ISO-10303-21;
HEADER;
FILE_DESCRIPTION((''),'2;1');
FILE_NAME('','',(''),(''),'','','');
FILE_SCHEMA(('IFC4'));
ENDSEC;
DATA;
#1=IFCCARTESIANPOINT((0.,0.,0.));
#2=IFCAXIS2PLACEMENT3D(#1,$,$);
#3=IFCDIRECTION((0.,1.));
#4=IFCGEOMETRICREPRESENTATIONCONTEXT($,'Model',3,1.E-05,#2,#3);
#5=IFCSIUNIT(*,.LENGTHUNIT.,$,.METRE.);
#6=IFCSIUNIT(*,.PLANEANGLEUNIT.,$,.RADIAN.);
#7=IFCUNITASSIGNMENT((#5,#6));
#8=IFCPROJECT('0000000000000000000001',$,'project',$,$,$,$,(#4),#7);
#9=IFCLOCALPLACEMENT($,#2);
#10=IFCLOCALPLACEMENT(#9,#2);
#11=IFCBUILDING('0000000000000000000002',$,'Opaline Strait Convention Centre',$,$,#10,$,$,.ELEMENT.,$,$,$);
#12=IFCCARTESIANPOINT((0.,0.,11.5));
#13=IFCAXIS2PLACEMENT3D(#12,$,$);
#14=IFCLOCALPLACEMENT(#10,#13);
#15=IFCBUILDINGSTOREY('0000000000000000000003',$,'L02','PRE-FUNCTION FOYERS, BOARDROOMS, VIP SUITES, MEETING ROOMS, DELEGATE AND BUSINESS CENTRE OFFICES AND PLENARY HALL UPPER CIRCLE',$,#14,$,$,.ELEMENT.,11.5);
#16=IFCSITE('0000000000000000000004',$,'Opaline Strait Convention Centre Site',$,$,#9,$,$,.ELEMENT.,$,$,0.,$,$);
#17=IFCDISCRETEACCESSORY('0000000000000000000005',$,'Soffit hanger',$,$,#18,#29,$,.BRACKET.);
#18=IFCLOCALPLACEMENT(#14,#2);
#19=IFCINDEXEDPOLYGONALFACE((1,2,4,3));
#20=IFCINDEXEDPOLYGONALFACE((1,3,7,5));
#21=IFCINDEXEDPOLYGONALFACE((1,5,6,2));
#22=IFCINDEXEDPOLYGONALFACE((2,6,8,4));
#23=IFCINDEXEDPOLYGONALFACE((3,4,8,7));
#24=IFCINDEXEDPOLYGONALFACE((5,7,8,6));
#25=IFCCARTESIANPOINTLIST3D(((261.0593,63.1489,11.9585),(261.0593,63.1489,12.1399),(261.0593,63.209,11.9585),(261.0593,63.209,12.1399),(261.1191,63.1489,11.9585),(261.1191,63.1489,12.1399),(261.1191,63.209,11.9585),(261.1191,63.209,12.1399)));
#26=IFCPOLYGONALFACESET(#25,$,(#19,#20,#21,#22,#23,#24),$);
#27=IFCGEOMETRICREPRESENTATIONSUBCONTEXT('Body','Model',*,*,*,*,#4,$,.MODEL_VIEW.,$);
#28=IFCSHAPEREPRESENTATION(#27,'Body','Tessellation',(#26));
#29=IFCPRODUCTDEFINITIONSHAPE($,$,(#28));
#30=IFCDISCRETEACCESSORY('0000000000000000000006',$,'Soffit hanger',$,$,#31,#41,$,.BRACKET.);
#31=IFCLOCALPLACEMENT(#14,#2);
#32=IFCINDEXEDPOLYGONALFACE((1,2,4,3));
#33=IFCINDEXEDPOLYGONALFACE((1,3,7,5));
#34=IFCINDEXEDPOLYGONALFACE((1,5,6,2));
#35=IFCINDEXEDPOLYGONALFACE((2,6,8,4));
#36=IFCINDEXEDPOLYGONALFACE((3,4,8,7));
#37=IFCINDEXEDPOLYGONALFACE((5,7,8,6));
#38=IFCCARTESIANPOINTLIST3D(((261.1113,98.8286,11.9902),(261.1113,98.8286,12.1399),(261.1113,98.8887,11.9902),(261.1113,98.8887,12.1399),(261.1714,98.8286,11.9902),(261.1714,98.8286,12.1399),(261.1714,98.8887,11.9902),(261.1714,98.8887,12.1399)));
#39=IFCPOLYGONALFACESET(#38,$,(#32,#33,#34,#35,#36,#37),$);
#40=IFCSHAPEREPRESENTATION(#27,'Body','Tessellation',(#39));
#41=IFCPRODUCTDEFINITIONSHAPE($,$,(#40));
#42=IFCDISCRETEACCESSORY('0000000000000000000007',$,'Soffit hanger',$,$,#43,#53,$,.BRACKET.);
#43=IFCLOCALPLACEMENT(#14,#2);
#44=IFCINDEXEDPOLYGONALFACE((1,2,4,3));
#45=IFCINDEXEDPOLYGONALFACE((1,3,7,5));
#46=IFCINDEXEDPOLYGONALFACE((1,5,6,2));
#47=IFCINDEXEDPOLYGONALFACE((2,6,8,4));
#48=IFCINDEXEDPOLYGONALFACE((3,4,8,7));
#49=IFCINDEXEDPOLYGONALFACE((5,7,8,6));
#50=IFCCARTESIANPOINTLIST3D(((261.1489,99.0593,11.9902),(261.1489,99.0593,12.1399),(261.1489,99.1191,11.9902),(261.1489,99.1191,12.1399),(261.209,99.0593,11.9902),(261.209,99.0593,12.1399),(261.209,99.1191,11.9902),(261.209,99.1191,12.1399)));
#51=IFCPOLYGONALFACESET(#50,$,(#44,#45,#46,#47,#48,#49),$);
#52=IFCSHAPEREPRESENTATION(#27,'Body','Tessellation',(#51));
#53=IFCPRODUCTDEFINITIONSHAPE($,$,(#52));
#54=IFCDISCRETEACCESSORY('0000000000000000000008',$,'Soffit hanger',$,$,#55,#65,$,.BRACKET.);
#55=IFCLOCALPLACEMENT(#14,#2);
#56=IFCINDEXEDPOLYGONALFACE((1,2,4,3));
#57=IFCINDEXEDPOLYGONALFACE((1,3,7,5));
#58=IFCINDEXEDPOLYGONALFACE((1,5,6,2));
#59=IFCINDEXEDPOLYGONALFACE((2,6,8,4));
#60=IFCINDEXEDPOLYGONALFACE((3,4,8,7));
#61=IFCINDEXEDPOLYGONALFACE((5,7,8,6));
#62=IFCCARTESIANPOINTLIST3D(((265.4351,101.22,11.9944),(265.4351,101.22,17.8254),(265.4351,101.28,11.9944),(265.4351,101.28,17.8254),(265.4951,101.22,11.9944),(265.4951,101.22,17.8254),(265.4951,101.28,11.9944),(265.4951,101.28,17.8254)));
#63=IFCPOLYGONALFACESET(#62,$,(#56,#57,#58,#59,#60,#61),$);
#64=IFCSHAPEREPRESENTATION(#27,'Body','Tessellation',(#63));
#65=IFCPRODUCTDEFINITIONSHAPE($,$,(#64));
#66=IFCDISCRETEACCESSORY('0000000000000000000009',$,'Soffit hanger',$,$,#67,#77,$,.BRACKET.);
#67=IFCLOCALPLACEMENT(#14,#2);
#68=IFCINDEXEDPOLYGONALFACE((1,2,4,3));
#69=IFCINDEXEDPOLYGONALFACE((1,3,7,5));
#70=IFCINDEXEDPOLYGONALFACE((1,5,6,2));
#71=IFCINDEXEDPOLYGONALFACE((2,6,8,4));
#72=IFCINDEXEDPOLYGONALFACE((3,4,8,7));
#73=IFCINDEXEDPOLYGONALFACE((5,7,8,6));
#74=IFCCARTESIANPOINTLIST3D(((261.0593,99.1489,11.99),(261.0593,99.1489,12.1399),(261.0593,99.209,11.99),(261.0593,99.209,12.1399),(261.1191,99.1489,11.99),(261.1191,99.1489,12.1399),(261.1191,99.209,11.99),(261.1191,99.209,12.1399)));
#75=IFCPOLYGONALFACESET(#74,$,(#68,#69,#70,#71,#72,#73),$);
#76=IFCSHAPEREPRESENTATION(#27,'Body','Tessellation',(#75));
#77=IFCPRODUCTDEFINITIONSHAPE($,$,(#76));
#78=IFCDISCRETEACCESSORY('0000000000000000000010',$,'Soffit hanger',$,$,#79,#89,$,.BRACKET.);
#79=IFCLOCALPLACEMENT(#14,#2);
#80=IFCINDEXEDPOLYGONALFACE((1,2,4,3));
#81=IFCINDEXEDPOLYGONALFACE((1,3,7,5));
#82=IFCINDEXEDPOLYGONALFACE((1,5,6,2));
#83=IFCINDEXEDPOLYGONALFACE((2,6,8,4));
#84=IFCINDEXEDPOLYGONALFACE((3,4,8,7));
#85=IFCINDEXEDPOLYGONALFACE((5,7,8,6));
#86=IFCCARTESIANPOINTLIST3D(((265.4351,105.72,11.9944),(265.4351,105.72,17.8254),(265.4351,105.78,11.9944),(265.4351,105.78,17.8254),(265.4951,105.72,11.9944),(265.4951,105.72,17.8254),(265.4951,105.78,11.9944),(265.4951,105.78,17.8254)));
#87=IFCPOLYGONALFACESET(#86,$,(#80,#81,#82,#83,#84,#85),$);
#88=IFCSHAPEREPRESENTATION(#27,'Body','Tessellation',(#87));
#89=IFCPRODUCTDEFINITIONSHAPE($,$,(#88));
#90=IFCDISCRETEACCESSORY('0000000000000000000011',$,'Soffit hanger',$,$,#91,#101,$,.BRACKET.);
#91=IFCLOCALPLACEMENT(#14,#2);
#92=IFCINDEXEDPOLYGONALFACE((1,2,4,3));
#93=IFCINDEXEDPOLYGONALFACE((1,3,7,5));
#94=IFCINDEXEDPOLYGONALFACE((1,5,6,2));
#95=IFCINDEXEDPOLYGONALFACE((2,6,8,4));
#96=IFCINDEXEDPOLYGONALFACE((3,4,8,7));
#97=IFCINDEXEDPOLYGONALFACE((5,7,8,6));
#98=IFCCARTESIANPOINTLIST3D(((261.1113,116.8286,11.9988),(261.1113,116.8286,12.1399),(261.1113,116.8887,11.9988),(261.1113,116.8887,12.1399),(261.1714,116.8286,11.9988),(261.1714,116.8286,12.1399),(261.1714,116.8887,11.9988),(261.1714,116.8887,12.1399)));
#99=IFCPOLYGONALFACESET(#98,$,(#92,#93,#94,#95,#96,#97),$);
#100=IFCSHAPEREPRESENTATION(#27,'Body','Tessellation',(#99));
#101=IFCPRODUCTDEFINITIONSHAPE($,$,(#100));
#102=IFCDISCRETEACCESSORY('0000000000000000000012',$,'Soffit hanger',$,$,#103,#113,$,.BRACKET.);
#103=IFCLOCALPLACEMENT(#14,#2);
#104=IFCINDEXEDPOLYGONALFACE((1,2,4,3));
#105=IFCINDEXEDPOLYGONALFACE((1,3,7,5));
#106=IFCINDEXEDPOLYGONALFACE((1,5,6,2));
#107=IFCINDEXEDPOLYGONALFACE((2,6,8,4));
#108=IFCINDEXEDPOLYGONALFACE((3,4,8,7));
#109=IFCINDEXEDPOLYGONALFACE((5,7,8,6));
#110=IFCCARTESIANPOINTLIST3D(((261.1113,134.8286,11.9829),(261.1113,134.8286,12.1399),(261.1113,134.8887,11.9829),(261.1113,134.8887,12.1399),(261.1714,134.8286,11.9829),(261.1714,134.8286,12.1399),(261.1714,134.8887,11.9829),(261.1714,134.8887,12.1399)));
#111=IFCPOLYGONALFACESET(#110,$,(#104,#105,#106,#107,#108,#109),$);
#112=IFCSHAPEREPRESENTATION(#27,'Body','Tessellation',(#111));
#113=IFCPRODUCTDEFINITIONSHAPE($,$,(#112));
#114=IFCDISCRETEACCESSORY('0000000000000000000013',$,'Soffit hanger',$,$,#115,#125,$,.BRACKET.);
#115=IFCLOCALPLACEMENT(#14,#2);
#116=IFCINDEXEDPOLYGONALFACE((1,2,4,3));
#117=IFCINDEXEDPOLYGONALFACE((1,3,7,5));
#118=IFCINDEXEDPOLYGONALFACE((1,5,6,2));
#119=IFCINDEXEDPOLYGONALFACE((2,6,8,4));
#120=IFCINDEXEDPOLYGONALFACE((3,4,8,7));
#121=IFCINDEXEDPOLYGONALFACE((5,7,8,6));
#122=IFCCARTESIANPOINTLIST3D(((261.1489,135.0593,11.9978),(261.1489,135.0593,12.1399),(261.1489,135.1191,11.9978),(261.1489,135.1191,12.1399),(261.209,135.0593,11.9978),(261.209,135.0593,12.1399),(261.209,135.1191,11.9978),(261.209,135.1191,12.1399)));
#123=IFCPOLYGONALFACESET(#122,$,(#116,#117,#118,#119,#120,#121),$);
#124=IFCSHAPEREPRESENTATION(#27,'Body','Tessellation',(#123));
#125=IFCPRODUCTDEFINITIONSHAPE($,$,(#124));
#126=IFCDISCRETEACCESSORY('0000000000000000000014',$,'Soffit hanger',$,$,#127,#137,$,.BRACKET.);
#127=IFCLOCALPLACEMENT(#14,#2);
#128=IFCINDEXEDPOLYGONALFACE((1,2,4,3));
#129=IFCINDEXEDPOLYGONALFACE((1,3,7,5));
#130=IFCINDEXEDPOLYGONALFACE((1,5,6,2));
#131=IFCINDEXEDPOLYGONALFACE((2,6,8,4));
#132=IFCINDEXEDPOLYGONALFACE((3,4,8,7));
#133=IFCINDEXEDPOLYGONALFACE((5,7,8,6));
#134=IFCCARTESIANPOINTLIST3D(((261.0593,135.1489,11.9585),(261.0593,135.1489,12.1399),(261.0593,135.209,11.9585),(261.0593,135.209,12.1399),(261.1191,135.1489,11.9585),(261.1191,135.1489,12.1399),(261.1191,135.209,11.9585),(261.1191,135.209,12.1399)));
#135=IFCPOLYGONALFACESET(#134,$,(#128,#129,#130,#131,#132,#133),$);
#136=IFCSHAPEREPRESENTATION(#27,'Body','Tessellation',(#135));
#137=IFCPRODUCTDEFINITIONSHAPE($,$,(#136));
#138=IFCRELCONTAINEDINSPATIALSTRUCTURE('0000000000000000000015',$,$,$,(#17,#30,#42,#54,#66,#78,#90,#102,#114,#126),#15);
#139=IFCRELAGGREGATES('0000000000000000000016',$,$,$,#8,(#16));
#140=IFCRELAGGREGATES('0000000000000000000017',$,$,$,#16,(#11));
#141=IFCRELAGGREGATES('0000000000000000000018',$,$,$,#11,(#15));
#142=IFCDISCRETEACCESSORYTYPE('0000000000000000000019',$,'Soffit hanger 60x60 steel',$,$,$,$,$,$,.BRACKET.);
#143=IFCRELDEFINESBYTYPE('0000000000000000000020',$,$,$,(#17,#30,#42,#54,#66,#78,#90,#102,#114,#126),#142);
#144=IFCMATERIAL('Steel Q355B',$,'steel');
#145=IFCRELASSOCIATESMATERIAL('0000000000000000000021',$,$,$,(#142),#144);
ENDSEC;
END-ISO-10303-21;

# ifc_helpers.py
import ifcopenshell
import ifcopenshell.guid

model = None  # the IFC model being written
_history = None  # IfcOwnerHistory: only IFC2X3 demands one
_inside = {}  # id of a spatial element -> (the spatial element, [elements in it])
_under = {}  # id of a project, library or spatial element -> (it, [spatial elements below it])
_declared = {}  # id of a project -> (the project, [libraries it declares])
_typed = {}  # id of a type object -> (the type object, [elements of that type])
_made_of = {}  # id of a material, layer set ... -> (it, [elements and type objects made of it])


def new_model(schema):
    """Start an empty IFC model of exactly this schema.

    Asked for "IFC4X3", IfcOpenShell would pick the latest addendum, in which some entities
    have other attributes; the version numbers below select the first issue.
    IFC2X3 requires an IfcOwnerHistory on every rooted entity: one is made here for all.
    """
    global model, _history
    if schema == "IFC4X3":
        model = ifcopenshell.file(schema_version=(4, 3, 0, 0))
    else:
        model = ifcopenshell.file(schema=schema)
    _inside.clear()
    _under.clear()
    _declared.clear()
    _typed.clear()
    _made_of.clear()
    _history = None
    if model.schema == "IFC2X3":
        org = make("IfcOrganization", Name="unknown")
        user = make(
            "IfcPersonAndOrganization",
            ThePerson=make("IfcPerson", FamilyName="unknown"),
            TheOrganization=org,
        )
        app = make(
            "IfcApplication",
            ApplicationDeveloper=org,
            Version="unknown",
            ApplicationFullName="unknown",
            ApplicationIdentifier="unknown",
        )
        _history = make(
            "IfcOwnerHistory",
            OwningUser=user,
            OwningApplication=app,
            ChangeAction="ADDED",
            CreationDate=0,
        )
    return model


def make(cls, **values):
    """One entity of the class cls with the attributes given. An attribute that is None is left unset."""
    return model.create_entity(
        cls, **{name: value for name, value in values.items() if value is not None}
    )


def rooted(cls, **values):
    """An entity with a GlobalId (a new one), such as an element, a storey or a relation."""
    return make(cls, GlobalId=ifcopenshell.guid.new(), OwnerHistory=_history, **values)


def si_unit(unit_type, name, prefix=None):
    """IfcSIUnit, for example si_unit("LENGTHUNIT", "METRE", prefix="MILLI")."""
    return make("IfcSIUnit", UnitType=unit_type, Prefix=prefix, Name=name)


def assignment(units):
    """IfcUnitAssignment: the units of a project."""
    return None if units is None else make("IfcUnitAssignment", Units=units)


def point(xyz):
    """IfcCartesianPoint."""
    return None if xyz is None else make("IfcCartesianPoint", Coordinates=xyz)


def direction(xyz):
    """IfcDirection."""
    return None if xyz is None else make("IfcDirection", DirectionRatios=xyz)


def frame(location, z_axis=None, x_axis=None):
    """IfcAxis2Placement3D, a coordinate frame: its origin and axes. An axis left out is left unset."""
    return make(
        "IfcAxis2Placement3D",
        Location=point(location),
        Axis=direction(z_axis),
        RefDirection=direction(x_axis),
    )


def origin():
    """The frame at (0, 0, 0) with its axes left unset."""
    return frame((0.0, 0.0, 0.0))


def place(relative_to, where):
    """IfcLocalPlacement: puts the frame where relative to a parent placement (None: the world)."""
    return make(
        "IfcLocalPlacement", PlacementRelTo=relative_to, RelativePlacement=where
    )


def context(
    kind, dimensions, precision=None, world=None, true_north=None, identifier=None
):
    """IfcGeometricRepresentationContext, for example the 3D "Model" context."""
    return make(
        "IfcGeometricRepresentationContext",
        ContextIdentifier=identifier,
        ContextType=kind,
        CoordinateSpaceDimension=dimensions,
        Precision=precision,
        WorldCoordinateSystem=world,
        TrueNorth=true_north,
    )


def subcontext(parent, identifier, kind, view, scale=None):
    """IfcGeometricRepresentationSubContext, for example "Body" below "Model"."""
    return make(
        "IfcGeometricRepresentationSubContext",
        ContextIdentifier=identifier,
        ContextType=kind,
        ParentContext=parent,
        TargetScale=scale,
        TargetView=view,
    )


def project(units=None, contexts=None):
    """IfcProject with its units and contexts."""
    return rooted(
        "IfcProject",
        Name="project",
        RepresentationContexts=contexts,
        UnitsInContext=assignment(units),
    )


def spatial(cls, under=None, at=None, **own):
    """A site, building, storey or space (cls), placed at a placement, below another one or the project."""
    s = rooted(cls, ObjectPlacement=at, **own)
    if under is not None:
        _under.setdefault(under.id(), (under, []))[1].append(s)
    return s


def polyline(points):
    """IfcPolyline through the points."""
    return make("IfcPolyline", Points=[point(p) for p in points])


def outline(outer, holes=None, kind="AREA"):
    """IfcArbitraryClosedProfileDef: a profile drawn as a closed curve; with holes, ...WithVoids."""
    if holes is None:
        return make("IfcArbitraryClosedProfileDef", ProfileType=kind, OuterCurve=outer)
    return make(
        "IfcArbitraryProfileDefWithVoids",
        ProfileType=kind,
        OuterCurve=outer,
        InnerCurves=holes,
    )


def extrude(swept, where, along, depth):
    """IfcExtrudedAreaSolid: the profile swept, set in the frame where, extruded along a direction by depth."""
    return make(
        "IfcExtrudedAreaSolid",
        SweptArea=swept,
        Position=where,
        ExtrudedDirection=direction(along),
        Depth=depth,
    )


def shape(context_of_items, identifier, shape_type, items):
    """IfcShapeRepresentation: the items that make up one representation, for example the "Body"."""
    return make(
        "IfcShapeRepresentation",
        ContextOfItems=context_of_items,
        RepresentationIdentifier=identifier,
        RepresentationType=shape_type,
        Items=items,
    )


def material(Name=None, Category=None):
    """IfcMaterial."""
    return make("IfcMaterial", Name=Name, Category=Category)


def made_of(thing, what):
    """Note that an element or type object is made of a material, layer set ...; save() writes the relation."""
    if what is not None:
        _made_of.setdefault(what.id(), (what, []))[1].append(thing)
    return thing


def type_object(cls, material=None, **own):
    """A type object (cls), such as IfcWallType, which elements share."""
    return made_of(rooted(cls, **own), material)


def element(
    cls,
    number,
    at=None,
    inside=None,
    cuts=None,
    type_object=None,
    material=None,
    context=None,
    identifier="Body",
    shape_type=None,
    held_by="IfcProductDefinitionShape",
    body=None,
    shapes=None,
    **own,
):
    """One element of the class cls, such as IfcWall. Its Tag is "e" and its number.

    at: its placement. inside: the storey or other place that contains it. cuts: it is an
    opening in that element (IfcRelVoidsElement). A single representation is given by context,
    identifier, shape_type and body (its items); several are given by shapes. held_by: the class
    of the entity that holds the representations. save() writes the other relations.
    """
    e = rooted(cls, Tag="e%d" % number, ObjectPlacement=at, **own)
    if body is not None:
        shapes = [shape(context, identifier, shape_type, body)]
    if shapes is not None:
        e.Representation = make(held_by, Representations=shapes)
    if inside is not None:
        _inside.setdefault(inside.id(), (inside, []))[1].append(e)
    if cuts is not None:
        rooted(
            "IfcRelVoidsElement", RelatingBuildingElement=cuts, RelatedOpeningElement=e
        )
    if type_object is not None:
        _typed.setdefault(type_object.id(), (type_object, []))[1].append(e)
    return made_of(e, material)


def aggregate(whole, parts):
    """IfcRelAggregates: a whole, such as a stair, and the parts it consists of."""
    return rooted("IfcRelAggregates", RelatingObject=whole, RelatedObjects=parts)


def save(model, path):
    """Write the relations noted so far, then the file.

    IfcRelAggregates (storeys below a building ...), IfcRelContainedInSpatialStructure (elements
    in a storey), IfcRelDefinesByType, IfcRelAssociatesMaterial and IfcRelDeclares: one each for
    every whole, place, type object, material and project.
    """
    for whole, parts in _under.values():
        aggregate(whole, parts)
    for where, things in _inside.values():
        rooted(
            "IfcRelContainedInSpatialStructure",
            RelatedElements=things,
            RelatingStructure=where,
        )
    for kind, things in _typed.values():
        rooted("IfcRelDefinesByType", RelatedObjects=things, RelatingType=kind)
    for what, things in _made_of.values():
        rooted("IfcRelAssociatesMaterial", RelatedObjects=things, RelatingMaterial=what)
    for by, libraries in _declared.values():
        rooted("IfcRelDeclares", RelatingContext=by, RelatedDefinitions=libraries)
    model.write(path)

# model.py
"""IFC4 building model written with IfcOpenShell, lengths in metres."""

from ifc_helpers import new_model, si_unit, direction, frame, origin, place, context, subcontext, project, spatial, polyline, outline, extrude, material, type_object, element, save


model = new_model("IFC4")

# Units and contexts
model_context = context("Model", 3, precision=1e-05, world=origin(), true_north=direction((0.0, 1.0)))
body_context = subcontext(model_context, "Body", "Model", "MODEL_VIEW")
ifc_project = project(units=[si_unit("LENGTHUNIT", "METRE"), si_unit("PLANEANGLEUNIT", "RADIAN")], contexts=[model_context])

# Site, building, storey
site_placement = place(None, origin())
site = spatial("IfcSite", under=ifc_project, at=site_placement, Name="Opaline Strait Convention Centre Site", CompositionType="ELEMENT", RefElevation=0.0)
building_placement = place(site_placement, origin())
building = spatial("IfcBuilding", under=site, at=building_placement, Name="Opaline Strait Convention Centre", CompositionType="ELEMENT")
storey_placement = place(building_placement, frame((0.0, 0.0, 11.5)))
storey = spatial("IfcBuildingStorey", under=building, at=storey_placement, Name="L02", Description="PRE-FUNCTION FOYERS, BOARDROOMS, VIP SUITES, MEETING ROOMS, DELEGATE AND BUSINESS CENTRE OFFICES AND PLENARY HALL UPPER CIRCLE", CompositionType="ELEMENT", Elevation=11.5)

# Discrete accessories
ifc_material_1 = material(Name="Steel Q355B", Category="steel")
discrete_accessory_type = type_object("IfcDiscreteAccessoryType", Name="Soffit hanger 60x60 steel", PredefinedType="BRACKET", material=ifc_material_1)
discrete_accessory_1_placement = place(storey_placement, frame((0.0, 0.0, 11.9585)))
element("IfcDiscreteAccessory", 1, at=discrete_accessory_1_placement, inside=storey, type_object=discrete_accessory_type, Name="Soffit hanger", PredefinedType="BRACKET", context=body_context, shape_type="SweptSolid", body=[
    extrude(outline(polyline([(261.0593, 63.1489), (261.1191, 63.1489), (261.1191, 63.209), (261.0593, 63.209), (261.0593, 63.1489)])), origin(), (0.0, 0.0, 1.0), 0.1814),
])
discrete_accessory_2_placement = place(storey_placement, frame((0.0, 0.0, 11.9902)))
element("IfcDiscreteAccessory", 2, at=discrete_accessory_2_placement, inside=storey, type_object=discrete_accessory_type, Name="Soffit hanger", PredefinedType="BRACKET", context=body_context, shape_type="SweptSolid", body=[
    extrude(outline(polyline([(261.1113, 98.8286), (261.1714, 98.8286), (261.1714, 98.8887), (261.1113, 98.8887), (261.1113, 98.8286)])), origin(), (0.0, 0.0, 1.0), 0.1497),
])
discrete_accessory_3_placement = place(storey_placement, frame((0.0, 0.0, 11.9902)))
element("IfcDiscreteAccessory", 3, at=discrete_accessory_3_placement, inside=storey, type_object=discrete_accessory_type, Name="Soffit hanger", PredefinedType="BRACKET", context=body_context, shape_type="SweptSolid", body=[
    extrude(outline(polyline([(261.1489, 99.0593), (261.209, 99.0593), (261.209, 99.1191), (261.1489, 99.1191), (261.1489, 99.0593)])), origin(), (0.0, 0.0, 1.0), 0.1497),
])
discrete_accessory_4_placement = place(storey_placement, frame((0.0, 0.0, 11.9944)))
element("IfcDiscreteAccessory", 4, at=discrete_accessory_4_placement, inside=storey, type_object=discrete_accessory_type, Name="Soffit hanger", PredefinedType="BRACKET", context=body_context, shape_type="SweptSolid", body=[
    extrude(outline(polyline([(265.4351, 101.22), (265.4951, 101.22), (265.4951, 101.28), (265.4351, 101.28), (265.4351, 101.22)])), origin(), (0.0, 0.0, 1.0), 5.8311),
])
discrete_accessory_5_placement = place(storey_placement, frame((0.0, 0.0, 11.99)))
element("IfcDiscreteAccessory", 5, at=discrete_accessory_5_placement, inside=storey, type_object=discrete_accessory_type, Name="Soffit hanger", PredefinedType="BRACKET", context=body_context, shape_type="SweptSolid", body=[
    extrude(outline(polyline([(261.0593, 99.1489), (261.1191, 99.1489), (261.1191, 99.209), (261.0593, 99.209), (261.0593, 99.1489)])), origin(), (0.0, 0.0, 1.0), 0.1499),
])
discrete_accessory_6_placement = place(storey_placement, frame((0.0, 0.0, 11.9944)))
element("IfcDiscreteAccessory", 6, at=discrete_accessory_6_placement, inside=storey, type_object=discrete_accessory_type, Name="Soffit hanger", PredefinedType="BRACKET", context=body_context, shape_type="SweptSolid", body=[
    extrude(outline(polyline([(265.4351, 105.72), (265.4951, 105.72), (265.4951, 105.78), (265.4351, 105.78), (265.4351, 105.72)])), origin(), (0.0, 0.0, 1.0), 5.8311),
])
discrete_accessory_7_placement = place(storey_placement, frame((0.0, 0.0, 11.9988)))
element("IfcDiscreteAccessory", 7, at=discrete_accessory_7_placement, inside=storey, type_object=discrete_accessory_type, Name="Soffit hanger", PredefinedType="BRACKET", context=body_context, shape_type="SweptSolid", body=[
    extrude(outline(polyline([(261.1113, 116.8286), (261.1714, 116.8286), (261.1714, 116.8887), (261.1113, 116.8887), (261.1113, 116.8286)])), origin(), (0.0, 0.0, 1.0), 0.1411),
])
discrete_accessory_8_placement = place(storey_placement, frame((0.0, 0.0, 11.9829)))
element("IfcDiscreteAccessory", 8, at=discrete_accessory_8_placement, inside=storey, type_object=discrete_accessory_type, Name="Soffit hanger", PredefinedType="BRACKET", context=body_context, shape_type="SweptSolid", body=[
    extrude(outline(polyline([(261.1113, 134.8286), (261.1714, 134.8286), (261.1714, 134.8887), (261.1113, 134.8887), (261.1113, 134.8286)])), origin(), (0.0, 0.0, 1.0), 0.157),
])
discrete_accessory_9_placement = place(storey_placement, frame((0.0, 0.0, 11.9978)))
element("IfcDiscreteAccessory", 9, at=discrete_accessory_9_placement, inside=storey, type_object=discrete_accessory_type, Name="Soffit hanger", PredefinedType="BRACKET", context=body_context, shape_type="SweptSolid", body=[
    extrude(outline(polyline([(261.1489, 135.0593), (261.209, 135.0593), (261.209, 135.1191), (261.1489, 135.1191), (261.1489, 135.0593)])), origin(), (0.0, 0.0, 1.0), 0.1421),
])
discrete_accessory_10_placement = place(storey_placement, frame((0.0, 0.0, 11.9585)))
element("IfcDiscreteAccessory", 10, at=discrete_accessory_10_placement, inside=storey, type_object=discrete_accessory_type, Name="Soffit hanger", PredefinedType="BRACKET", context=body_context, shape_type="SweptSolid", body=[
    extrude(outline(polyline([(261.0593, 135.1489), (261.1191, 135.1489), (261.1191, 135.209), (261.0593, 135.209), (261.0593, 135.1489)])), origin(), (0.0, 0.0, 1.0), 0.1814),
])

save(model, "model.ifc")
